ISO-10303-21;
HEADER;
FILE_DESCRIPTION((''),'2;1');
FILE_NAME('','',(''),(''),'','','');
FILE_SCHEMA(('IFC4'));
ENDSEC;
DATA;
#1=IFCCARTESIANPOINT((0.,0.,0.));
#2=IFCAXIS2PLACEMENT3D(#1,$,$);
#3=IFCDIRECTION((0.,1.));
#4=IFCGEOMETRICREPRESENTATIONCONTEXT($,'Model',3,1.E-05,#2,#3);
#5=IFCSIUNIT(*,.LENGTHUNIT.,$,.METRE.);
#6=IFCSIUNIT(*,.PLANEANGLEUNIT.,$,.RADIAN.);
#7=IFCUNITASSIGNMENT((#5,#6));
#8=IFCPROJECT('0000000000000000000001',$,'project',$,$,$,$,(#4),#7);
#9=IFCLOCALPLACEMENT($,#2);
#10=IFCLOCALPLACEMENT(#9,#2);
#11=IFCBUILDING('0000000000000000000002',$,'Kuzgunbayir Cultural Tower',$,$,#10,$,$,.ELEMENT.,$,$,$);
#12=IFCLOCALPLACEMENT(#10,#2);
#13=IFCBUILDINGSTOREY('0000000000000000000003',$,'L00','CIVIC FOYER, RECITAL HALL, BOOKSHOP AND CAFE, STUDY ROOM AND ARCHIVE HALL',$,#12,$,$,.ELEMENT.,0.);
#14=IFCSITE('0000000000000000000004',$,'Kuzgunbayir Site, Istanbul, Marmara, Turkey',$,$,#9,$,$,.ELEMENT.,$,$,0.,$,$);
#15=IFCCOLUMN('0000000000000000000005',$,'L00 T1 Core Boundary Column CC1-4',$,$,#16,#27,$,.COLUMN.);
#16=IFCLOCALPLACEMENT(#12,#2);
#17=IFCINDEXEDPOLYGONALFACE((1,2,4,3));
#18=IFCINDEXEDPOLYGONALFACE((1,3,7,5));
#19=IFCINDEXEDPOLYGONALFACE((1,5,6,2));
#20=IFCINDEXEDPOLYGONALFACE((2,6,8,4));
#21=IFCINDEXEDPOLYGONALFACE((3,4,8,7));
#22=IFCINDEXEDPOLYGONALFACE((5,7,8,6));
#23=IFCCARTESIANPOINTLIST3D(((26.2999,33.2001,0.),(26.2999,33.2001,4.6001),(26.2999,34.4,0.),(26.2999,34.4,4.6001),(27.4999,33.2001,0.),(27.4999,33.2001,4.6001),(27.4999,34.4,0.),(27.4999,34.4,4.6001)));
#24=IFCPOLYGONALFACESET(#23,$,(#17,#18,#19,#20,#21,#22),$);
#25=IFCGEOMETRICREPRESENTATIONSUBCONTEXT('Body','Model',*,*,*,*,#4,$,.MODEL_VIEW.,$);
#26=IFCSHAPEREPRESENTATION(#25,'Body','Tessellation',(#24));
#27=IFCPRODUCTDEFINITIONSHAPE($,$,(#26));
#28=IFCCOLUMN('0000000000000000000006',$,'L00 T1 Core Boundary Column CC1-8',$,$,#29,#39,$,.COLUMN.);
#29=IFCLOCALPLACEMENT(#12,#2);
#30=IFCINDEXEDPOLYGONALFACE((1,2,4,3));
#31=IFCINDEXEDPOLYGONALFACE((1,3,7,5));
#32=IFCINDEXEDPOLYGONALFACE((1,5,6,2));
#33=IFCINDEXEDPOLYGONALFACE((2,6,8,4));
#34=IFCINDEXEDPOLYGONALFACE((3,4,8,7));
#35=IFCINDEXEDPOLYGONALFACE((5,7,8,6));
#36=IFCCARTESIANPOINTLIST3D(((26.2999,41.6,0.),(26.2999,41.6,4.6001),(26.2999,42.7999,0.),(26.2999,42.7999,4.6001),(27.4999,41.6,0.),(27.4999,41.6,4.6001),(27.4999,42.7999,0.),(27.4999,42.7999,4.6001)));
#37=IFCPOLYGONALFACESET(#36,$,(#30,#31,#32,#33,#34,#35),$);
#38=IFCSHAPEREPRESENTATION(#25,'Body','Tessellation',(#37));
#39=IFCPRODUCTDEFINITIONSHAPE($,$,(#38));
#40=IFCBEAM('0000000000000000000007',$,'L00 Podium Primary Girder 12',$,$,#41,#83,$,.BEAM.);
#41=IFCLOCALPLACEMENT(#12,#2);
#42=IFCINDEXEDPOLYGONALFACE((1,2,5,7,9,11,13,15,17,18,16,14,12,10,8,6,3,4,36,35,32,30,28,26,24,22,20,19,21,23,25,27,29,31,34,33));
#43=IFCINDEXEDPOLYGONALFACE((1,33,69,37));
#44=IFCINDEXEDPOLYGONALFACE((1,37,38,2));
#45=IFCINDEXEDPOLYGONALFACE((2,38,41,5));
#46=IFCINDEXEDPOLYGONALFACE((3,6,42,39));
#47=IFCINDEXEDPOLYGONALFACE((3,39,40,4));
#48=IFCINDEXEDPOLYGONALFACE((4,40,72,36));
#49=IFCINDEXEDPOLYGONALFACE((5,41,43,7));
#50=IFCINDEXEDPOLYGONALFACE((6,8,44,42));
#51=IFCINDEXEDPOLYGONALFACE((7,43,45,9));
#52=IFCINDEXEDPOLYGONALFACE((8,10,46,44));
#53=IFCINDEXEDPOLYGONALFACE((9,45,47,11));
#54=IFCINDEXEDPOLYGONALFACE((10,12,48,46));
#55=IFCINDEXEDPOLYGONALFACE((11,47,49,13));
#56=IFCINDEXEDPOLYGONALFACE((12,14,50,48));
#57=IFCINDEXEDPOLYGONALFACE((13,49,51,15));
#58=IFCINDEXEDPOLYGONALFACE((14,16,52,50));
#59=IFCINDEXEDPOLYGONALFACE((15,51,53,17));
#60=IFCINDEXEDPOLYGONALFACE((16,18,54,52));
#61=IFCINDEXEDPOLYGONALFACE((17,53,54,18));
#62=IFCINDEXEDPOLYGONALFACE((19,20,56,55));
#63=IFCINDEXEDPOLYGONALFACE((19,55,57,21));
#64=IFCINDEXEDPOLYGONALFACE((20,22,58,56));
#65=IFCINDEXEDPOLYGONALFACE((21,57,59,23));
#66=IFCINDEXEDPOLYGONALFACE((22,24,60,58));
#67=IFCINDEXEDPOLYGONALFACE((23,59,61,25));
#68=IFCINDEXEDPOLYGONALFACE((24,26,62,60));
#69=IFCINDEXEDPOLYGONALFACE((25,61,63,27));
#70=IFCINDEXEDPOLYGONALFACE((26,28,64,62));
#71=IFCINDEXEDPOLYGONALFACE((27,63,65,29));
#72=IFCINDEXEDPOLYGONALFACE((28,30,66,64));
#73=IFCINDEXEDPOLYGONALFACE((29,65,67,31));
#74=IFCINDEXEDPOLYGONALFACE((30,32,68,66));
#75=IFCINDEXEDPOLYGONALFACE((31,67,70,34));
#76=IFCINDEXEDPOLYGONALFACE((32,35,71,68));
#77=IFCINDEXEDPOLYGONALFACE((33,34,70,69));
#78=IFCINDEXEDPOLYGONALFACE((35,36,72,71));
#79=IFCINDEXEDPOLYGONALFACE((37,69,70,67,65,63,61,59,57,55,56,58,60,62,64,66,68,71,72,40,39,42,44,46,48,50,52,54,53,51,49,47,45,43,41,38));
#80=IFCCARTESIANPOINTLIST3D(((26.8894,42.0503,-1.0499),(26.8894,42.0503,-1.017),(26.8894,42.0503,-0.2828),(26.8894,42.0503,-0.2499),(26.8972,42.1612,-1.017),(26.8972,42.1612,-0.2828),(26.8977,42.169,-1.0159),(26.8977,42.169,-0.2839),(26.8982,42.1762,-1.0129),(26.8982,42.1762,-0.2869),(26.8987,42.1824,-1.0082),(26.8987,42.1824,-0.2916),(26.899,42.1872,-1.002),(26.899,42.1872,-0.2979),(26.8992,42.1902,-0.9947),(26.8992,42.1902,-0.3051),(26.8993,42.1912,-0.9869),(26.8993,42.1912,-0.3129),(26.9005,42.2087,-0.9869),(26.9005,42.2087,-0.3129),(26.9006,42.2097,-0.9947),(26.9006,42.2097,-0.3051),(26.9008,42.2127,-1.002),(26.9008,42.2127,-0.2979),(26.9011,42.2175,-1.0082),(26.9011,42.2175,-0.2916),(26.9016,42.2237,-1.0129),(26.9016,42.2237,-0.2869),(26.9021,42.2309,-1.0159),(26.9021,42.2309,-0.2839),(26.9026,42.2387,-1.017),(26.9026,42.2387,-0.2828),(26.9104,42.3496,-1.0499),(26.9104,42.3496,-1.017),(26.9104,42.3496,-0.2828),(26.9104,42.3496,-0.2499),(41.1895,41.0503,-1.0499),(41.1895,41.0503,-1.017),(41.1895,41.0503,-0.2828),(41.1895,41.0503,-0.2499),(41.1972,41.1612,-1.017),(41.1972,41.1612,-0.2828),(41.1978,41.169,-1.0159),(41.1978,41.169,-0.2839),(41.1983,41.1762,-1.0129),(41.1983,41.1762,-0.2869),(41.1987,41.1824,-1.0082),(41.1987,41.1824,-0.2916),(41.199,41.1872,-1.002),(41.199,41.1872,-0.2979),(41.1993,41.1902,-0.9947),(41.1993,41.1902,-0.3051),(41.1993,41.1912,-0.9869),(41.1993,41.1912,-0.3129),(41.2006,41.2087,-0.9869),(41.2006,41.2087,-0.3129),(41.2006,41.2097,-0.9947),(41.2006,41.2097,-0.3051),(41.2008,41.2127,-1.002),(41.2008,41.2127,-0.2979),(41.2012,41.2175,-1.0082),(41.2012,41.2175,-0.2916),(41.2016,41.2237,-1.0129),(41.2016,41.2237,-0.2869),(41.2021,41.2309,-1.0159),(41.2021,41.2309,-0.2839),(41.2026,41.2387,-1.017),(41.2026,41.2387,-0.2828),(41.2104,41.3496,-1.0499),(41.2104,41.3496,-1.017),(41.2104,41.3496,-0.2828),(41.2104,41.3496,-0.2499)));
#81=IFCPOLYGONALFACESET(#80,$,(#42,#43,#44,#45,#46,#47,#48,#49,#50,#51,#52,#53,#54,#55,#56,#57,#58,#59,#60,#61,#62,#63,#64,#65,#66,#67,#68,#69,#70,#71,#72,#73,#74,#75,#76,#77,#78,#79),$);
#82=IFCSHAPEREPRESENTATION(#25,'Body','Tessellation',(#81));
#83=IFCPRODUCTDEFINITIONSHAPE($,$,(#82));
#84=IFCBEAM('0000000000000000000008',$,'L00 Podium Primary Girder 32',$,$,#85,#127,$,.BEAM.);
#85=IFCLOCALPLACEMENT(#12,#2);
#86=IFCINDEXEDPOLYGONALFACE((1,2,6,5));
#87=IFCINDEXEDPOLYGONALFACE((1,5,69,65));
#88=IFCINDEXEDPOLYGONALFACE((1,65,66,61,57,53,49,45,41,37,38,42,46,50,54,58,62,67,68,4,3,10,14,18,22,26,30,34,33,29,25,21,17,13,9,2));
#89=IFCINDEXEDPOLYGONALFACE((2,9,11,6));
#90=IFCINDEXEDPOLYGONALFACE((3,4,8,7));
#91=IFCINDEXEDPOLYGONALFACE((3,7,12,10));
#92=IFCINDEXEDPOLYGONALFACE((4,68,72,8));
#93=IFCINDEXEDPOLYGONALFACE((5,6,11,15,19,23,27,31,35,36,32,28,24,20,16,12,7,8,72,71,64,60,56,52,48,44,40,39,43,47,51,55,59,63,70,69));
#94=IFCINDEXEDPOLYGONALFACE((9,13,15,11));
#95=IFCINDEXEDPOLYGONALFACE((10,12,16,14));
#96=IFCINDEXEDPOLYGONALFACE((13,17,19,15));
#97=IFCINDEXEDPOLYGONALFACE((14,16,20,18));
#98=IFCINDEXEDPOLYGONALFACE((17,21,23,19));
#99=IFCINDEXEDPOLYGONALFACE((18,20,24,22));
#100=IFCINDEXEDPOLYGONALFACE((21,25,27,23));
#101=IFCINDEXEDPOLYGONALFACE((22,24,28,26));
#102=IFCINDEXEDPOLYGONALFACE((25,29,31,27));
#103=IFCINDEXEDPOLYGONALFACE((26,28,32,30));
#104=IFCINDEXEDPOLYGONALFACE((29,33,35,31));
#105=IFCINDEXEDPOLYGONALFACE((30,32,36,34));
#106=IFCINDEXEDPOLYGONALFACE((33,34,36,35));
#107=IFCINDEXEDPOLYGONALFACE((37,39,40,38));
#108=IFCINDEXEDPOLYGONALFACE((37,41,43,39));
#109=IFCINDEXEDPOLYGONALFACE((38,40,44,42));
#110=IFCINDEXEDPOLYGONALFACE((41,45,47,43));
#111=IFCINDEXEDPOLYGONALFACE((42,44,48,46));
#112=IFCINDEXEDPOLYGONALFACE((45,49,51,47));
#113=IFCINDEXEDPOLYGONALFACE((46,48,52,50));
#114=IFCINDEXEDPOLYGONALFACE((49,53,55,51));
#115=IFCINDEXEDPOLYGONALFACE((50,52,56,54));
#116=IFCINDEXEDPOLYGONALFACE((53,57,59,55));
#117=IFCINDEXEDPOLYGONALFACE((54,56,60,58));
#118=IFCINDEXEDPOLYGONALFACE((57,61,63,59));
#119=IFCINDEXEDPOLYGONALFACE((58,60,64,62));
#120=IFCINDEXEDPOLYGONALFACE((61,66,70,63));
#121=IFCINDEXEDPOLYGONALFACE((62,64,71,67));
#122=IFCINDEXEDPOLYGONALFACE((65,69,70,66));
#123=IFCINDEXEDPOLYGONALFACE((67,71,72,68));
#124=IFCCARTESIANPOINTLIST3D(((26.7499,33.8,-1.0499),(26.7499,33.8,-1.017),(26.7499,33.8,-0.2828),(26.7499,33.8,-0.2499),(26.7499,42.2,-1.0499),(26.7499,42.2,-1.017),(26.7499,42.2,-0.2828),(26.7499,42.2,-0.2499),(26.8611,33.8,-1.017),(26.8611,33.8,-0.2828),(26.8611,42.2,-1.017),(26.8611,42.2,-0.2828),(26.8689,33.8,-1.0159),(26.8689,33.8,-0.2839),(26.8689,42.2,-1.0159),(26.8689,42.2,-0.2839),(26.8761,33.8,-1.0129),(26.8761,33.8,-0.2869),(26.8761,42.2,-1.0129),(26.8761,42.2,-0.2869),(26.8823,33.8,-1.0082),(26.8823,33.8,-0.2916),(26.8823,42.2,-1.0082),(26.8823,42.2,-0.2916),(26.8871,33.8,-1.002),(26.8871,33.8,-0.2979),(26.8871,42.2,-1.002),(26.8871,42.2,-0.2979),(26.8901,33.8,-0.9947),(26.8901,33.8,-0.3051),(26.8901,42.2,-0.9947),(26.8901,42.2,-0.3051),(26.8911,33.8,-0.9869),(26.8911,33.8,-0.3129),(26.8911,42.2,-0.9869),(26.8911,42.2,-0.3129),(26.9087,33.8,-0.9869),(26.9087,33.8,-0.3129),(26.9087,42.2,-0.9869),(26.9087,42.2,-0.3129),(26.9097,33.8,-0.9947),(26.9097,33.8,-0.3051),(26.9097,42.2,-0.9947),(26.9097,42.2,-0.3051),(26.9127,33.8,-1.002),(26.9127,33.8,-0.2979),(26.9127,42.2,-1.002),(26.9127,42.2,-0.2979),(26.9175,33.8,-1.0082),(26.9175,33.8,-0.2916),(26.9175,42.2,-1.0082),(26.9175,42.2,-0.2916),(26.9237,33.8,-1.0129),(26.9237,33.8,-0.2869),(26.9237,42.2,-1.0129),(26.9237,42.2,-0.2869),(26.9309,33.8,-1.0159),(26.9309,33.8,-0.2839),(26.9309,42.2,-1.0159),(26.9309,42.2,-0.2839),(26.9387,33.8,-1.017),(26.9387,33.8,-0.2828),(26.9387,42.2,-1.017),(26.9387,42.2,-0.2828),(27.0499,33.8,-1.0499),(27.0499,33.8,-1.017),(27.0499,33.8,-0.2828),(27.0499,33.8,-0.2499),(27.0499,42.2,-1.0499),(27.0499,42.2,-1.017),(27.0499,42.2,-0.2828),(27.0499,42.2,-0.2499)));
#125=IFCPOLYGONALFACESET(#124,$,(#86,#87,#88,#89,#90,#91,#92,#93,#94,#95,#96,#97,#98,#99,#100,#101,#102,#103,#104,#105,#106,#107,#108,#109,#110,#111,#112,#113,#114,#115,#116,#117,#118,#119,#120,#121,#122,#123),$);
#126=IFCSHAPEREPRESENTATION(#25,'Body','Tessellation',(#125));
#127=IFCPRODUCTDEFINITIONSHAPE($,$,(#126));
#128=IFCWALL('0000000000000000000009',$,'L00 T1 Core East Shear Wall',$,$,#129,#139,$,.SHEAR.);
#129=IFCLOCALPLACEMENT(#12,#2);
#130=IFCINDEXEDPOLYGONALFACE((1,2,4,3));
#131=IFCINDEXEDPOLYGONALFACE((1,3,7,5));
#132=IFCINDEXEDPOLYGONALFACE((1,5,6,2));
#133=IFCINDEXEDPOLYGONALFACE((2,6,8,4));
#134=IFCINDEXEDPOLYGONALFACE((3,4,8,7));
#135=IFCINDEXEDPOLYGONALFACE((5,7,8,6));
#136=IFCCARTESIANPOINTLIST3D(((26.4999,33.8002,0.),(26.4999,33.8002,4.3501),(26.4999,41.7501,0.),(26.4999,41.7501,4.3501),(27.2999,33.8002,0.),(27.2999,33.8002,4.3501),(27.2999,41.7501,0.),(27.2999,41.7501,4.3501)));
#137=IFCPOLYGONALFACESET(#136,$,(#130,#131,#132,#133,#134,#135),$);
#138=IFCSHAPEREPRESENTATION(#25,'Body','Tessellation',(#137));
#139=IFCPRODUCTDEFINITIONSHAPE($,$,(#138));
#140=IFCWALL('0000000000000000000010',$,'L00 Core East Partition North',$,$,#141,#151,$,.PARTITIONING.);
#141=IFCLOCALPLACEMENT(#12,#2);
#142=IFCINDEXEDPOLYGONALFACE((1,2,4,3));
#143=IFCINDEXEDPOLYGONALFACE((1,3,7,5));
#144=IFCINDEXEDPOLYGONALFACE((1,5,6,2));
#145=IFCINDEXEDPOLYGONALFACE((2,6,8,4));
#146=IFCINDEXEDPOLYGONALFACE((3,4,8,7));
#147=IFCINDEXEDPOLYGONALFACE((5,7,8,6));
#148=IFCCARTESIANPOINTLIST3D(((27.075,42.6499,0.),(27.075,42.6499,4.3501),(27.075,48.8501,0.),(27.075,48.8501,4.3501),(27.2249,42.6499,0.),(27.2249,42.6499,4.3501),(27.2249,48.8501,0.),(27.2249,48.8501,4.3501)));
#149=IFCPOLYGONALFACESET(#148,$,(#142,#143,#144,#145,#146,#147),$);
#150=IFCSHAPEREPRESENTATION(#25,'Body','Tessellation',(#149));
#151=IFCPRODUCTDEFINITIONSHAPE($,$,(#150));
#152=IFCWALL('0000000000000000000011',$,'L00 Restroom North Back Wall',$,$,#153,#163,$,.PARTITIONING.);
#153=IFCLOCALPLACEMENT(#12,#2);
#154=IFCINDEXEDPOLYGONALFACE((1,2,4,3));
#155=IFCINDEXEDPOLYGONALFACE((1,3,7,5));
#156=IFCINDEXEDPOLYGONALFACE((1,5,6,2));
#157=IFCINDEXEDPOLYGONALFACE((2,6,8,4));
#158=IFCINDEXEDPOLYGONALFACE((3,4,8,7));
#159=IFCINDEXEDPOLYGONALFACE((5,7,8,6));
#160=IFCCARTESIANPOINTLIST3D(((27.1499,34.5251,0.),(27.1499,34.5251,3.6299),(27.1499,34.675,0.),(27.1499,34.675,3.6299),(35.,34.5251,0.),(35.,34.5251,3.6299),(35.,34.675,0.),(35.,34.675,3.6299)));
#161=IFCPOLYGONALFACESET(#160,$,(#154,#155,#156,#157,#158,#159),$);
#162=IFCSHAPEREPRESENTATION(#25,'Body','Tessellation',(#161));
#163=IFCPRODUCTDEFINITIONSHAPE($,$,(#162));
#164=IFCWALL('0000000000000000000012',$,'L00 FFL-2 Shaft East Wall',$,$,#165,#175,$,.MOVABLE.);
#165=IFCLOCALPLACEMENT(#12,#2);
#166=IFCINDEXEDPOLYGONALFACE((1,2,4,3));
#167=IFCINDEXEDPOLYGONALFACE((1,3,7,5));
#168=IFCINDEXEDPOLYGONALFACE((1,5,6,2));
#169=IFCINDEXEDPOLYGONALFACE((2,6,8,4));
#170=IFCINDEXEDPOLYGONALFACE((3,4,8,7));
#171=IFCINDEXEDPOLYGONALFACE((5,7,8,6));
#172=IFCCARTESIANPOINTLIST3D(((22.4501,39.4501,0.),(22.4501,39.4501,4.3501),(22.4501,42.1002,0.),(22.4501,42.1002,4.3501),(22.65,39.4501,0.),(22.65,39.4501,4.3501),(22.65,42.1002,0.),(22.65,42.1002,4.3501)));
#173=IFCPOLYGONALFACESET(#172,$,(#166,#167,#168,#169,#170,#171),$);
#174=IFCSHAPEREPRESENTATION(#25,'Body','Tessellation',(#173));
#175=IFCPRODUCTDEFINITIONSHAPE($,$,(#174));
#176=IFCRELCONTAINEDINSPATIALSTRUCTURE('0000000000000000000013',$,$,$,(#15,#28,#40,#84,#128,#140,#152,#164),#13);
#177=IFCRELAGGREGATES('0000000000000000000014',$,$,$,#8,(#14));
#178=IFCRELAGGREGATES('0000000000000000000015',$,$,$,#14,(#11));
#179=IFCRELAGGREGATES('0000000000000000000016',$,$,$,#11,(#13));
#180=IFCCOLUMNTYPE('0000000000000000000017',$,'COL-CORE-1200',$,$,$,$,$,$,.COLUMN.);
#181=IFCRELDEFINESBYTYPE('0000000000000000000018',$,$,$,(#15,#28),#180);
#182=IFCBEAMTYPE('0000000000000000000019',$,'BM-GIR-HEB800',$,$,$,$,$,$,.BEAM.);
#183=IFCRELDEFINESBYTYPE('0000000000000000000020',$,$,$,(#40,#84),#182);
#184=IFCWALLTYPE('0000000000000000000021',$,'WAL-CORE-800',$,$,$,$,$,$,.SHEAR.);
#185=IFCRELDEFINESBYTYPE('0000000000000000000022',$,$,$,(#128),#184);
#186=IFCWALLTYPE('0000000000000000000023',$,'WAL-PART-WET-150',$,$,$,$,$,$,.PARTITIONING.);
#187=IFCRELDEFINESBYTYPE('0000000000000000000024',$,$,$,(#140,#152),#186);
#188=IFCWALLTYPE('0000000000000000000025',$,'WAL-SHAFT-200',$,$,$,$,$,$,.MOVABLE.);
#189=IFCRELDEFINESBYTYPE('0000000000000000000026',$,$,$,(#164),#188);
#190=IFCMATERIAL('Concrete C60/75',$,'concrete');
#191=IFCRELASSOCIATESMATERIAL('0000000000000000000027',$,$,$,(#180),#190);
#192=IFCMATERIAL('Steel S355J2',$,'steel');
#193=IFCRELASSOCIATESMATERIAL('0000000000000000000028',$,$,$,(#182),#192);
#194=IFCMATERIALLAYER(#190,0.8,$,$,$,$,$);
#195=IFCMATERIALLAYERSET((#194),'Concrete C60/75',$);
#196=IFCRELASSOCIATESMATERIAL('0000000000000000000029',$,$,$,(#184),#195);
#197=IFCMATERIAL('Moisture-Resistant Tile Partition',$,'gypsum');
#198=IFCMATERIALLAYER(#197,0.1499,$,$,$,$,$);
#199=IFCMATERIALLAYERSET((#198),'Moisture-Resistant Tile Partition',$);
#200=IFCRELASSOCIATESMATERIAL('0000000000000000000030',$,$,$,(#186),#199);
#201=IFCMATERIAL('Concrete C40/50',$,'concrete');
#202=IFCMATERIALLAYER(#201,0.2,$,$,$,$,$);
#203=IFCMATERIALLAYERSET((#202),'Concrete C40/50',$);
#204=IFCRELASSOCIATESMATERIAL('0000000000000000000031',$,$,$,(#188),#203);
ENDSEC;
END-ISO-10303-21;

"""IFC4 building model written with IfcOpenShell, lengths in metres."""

from ifc_helpers import new_model, si_unit, direction, frame, frame_2d, origin, origin_2d, place, context, subcontext, project, spatial, rectangle, i_section, extrude, material, layer, layer_set, material_profile, profile_set, type_object, element, save


model = new_model("IFC4")

# Units and contexts
model_context = context("Model", 3, precision=1e-05, world=origin(), true_north=direction((0.0, 1.0)))
body_context = subcontext(model_context, "Body", "Model", "MODEL_VIEW")
ifc_project = project(units=[si_unit("LENGTHUNIT", "METRE"), si_unit("PLANEANGLEUNIT", "RADIAN")], contexts=[model_context])

# Site, building, storey
site_placement = place(None, origin())
site = spatial("IfcSite", under=ifc_project, at=site_placement, Name="Kuzgunbayir Site, Istanbul, Marmara, Turkey", CompositionType="ELEMENT", RefElevation=0.0)
building_placement = place(site_placement, origin())
building = spatial("IfcBuilding", under=site, at=building_placement, Name="Kuzgunbayir Cultural Tower", CompositionType="ELEMENT")
storey_placement = place(building_placement, origin())
storey = spatial("IfcBuildingStorey", under=building, at=storey_placement, Name="L00", Description="CIVIC FOYER, RECITAL HALL, BOOKSHOP AND CAFE, STUDY ROOM AND ARCHIVE HALL", CompositionType="ELEMENT", Elevation=0.0)

# Columns
ifc_material_1 = material(Name="Concrete C60/75", Category="concrete")
ifc_material_profile_1 = material_profile(ifc_material_1, rectangle(XDim=1.2, YDim=1.2, at=origin_2d()), Name="RC 1200x1200")
ifc_profile_set_1 = profile_set([ifc_material_profile_1], Name="Concrete C60/75")
column_type = type_object("IfcColumnType", Name="COL-CORE-1200", PredefinedType="COLUMN", material=ifc_profile_set_1)
for number, where, z_axis, x_axis, name in (
    (1, (26.8999, 33.8, 0.0), (0.0, 0.0, 1.0), (1.0, 0.0, 0.0), "L00 T1 Core Boundary Column CC1-4"),
    (2, (26.8999, 42.2, 0.0), (0.0, 0.0, 1.0), (1.0, 0.0, 0.0), "L00 T1 Core Boundary Column CC1-8"),
):
    element("IfcColumn", number, at=place(storey_placement, frame(where, z_axis=z_axis, x_axis=x_axis)), inside=storey, type_object=column_type, Name=name, PredefinedType="COLUMN", context=body_context, shape_type="SweptSolid", body=[
        extrude(rectangle(XDim=1.2, YDim=1.2, at=origin_2d()), origin(), (0.0, 0.0, 1.0), 4.6001),
    ])

# Beams
ifc_material_2 = material(Name="Steel S355J2", Category="steel")
ifc_material_profile_2 = material_profile(ifc_material_2, i_section(OverallWidth=0.3, OverallDepth=0.8, WebThickness=0.0176, FlangeThickness=0.033, FilletRadius=0.03, at=origin_2d()), Name="HEB 800")
ifc_profile_set_2 = profile_set([ifc_material_profile_2], Name="Steel S355J2")
beam_type = type_object("IfcBeamType", Name="BM-GIR-HEB800", PredefinedType="BEAM", material=ifc_profile_set_2)
beam_1_placement = place(storey_placement, frame((26.8999, 42.2, -0.6499), z_axis=(0.997564, -0.069759, 0.0), x_axis=(0.069759, 0.997564, 0.0)))
element("IfcBeam", 3, at=beam_1_placement, inside=storey, type_object=beam_type, Name="L00 Podium Primary Girder 12", PredefinedType="BEAM", context=body_context, shape_type="SweptSolid", body=[
    extrude(i_section(OverallWidth=0.3, OverallDepth=0.8, WebThickness=0.0176, FlangeThickness=0.033, FilletRadius=0.03, at=origin_2d()), origin(), (0.0, 0.0, 1.0), 14.335),
])
beam_2_placement = place(storey_placement, frame((26.8999, 33.8, -0.6499), z_axis=(0.0, 1.0, 0.0), x_axis=(-1.0, 0.0, 0.0)))
element("IfcBeam", 4, at=beam_2_placement, inside=storey, type_object=beam_type, Name="L00 Podium Primary Girder 32", PredefinedType="BEAM", context=body_context, shape_type="SweptSolid", body=[
    extrude(i_section(OverallWidth=0.3, OverallDepth=0.8, WebThickness=0.0176, FlangeThickness=0.033, FilletRadius=0.03, at=origin_2d()), origin(), (0.0, 0.0, 1.0), 8.3999),
])

# Walls
ifc_layer_1 = layer(ifc_material_1, 0.8)
ifc_layer_set_1 = layer_set([ifc_layer_1], Name="Concrete C60/75")
wall_type_1 = type_object("IfcWallType", Name="WAL-CORE-800", PredefinedType="SHEAR", material=ifc_layer_set_1)
wall_1_placement = place(storey_placement, frame((26.8999, 33.8, 0.0), z_axis=(0.0, 0.0, 1.0), x_axis=(0.0, 1.0, 0.0)))
element("IfcWall", 5, at=wall_1_placement, inside=storey, type_object=wall_type_1, Name="L00 T1 Core East Shear Wall", PredefinedType="SHEAR", context=body_context, shape_type="SweptSolid", body=[
    extrude(rectangle(XDim=7.95, YDim=0.8, at=frame_2d((3.9751, 0.0))), origin(), (0.0, 0.0, 1.0), 4.3501),
])
ifc_material_3 = material(Name="Moisture-Resistant Tile Partition", Category="gypsum")
ifc_layer_2 = layer(ifc_material_3, 0.1499)
ifc_layer_set_2 = layer_set([ifc_layer_2], Name="Moisture-Resistant Tile Partition")
wall_type_2 = type_object("IfcWallType", Name="WAL-PART-WET-150", PredefinedType="PARTITIONING", material=ifc_layer_set_2)
wall_2_placement = place(storey_placement, frame((27.1499, 42.6499, 0.0), z_axis=(0.0, 0.0, 1.0), x_axis=(0.0, 1.0, 0.0)))
element("IfcWall", 6, at=wall_2_placement, inside=storey, type_object=wall_type_2, Name="L00 Core East Partition North", PredefinedType="PARTITIONING", context=body_context, shape_type="SweptSolid", body=[
    extrude(rectangle(XDim=6.2002, YDim=0.1499, at=frame_2d((3.1001, 0.0))), origin(), (0.0, 0.0, 1.0), 4.3501),
])
wall_3_placement = place(storey_placement, frame((27.1499, 34.6001, 0.0), z_axis=(0.0, 0.0, 1.0), x_axis=(1.0, 0.0, 0.0)))
element("IfcWall", 7, at=wall_3_placement, inside=storey, type_object=wall_type_2, Name="L00 Restroom North Back Wall", PredefinedType="PARTITIONING", context=body_context, shape_type="SweptSolid", body=[
    extrude(rectangle(XDim=7.8501, YDim=0.1499, at=frame_2d((3.925, 0.0))), origin(), (0.0, 0.0, 1.0), 3.6299),
])
ifc_material_4 = material(Name="Concrete C40/50", Category="concrete")
ifc_layer_3 = layer(ifc_material_4, 0.2)
ifc_layer_set_3 = layer_set([ifc_layer_3], Name="Concrete C40/50")
wall_type_3 = type_object("IfcWallType", Name="WAL-SHAFT-200", PredefinedType="MOVABLE", material=ifc_layer_set_3)
wall_4_placement = place(storey_placement, frame((22.55, 39.45, 0.0), z_axis=(0.0, 0.0, 1.0), x_axis=(0.0, 1.0, 0.0)))
element("IfcWall", 8, at=wall_4_placement, inside=storey, type_object=wall_type_3, Name="L00 FFL-2 Shaft East Wall", PredefinedType="MOVABLE", context=body_context, shape_type="SweptSolid", body=[
    extrude(rectangle(XDim=2.6501, YDim=0.2, at=frame_2d((1.3252, 0.0))), origin(), (0.0, 0.0, 1.0), 4.3501),
])

save(model, "model.ifc")
